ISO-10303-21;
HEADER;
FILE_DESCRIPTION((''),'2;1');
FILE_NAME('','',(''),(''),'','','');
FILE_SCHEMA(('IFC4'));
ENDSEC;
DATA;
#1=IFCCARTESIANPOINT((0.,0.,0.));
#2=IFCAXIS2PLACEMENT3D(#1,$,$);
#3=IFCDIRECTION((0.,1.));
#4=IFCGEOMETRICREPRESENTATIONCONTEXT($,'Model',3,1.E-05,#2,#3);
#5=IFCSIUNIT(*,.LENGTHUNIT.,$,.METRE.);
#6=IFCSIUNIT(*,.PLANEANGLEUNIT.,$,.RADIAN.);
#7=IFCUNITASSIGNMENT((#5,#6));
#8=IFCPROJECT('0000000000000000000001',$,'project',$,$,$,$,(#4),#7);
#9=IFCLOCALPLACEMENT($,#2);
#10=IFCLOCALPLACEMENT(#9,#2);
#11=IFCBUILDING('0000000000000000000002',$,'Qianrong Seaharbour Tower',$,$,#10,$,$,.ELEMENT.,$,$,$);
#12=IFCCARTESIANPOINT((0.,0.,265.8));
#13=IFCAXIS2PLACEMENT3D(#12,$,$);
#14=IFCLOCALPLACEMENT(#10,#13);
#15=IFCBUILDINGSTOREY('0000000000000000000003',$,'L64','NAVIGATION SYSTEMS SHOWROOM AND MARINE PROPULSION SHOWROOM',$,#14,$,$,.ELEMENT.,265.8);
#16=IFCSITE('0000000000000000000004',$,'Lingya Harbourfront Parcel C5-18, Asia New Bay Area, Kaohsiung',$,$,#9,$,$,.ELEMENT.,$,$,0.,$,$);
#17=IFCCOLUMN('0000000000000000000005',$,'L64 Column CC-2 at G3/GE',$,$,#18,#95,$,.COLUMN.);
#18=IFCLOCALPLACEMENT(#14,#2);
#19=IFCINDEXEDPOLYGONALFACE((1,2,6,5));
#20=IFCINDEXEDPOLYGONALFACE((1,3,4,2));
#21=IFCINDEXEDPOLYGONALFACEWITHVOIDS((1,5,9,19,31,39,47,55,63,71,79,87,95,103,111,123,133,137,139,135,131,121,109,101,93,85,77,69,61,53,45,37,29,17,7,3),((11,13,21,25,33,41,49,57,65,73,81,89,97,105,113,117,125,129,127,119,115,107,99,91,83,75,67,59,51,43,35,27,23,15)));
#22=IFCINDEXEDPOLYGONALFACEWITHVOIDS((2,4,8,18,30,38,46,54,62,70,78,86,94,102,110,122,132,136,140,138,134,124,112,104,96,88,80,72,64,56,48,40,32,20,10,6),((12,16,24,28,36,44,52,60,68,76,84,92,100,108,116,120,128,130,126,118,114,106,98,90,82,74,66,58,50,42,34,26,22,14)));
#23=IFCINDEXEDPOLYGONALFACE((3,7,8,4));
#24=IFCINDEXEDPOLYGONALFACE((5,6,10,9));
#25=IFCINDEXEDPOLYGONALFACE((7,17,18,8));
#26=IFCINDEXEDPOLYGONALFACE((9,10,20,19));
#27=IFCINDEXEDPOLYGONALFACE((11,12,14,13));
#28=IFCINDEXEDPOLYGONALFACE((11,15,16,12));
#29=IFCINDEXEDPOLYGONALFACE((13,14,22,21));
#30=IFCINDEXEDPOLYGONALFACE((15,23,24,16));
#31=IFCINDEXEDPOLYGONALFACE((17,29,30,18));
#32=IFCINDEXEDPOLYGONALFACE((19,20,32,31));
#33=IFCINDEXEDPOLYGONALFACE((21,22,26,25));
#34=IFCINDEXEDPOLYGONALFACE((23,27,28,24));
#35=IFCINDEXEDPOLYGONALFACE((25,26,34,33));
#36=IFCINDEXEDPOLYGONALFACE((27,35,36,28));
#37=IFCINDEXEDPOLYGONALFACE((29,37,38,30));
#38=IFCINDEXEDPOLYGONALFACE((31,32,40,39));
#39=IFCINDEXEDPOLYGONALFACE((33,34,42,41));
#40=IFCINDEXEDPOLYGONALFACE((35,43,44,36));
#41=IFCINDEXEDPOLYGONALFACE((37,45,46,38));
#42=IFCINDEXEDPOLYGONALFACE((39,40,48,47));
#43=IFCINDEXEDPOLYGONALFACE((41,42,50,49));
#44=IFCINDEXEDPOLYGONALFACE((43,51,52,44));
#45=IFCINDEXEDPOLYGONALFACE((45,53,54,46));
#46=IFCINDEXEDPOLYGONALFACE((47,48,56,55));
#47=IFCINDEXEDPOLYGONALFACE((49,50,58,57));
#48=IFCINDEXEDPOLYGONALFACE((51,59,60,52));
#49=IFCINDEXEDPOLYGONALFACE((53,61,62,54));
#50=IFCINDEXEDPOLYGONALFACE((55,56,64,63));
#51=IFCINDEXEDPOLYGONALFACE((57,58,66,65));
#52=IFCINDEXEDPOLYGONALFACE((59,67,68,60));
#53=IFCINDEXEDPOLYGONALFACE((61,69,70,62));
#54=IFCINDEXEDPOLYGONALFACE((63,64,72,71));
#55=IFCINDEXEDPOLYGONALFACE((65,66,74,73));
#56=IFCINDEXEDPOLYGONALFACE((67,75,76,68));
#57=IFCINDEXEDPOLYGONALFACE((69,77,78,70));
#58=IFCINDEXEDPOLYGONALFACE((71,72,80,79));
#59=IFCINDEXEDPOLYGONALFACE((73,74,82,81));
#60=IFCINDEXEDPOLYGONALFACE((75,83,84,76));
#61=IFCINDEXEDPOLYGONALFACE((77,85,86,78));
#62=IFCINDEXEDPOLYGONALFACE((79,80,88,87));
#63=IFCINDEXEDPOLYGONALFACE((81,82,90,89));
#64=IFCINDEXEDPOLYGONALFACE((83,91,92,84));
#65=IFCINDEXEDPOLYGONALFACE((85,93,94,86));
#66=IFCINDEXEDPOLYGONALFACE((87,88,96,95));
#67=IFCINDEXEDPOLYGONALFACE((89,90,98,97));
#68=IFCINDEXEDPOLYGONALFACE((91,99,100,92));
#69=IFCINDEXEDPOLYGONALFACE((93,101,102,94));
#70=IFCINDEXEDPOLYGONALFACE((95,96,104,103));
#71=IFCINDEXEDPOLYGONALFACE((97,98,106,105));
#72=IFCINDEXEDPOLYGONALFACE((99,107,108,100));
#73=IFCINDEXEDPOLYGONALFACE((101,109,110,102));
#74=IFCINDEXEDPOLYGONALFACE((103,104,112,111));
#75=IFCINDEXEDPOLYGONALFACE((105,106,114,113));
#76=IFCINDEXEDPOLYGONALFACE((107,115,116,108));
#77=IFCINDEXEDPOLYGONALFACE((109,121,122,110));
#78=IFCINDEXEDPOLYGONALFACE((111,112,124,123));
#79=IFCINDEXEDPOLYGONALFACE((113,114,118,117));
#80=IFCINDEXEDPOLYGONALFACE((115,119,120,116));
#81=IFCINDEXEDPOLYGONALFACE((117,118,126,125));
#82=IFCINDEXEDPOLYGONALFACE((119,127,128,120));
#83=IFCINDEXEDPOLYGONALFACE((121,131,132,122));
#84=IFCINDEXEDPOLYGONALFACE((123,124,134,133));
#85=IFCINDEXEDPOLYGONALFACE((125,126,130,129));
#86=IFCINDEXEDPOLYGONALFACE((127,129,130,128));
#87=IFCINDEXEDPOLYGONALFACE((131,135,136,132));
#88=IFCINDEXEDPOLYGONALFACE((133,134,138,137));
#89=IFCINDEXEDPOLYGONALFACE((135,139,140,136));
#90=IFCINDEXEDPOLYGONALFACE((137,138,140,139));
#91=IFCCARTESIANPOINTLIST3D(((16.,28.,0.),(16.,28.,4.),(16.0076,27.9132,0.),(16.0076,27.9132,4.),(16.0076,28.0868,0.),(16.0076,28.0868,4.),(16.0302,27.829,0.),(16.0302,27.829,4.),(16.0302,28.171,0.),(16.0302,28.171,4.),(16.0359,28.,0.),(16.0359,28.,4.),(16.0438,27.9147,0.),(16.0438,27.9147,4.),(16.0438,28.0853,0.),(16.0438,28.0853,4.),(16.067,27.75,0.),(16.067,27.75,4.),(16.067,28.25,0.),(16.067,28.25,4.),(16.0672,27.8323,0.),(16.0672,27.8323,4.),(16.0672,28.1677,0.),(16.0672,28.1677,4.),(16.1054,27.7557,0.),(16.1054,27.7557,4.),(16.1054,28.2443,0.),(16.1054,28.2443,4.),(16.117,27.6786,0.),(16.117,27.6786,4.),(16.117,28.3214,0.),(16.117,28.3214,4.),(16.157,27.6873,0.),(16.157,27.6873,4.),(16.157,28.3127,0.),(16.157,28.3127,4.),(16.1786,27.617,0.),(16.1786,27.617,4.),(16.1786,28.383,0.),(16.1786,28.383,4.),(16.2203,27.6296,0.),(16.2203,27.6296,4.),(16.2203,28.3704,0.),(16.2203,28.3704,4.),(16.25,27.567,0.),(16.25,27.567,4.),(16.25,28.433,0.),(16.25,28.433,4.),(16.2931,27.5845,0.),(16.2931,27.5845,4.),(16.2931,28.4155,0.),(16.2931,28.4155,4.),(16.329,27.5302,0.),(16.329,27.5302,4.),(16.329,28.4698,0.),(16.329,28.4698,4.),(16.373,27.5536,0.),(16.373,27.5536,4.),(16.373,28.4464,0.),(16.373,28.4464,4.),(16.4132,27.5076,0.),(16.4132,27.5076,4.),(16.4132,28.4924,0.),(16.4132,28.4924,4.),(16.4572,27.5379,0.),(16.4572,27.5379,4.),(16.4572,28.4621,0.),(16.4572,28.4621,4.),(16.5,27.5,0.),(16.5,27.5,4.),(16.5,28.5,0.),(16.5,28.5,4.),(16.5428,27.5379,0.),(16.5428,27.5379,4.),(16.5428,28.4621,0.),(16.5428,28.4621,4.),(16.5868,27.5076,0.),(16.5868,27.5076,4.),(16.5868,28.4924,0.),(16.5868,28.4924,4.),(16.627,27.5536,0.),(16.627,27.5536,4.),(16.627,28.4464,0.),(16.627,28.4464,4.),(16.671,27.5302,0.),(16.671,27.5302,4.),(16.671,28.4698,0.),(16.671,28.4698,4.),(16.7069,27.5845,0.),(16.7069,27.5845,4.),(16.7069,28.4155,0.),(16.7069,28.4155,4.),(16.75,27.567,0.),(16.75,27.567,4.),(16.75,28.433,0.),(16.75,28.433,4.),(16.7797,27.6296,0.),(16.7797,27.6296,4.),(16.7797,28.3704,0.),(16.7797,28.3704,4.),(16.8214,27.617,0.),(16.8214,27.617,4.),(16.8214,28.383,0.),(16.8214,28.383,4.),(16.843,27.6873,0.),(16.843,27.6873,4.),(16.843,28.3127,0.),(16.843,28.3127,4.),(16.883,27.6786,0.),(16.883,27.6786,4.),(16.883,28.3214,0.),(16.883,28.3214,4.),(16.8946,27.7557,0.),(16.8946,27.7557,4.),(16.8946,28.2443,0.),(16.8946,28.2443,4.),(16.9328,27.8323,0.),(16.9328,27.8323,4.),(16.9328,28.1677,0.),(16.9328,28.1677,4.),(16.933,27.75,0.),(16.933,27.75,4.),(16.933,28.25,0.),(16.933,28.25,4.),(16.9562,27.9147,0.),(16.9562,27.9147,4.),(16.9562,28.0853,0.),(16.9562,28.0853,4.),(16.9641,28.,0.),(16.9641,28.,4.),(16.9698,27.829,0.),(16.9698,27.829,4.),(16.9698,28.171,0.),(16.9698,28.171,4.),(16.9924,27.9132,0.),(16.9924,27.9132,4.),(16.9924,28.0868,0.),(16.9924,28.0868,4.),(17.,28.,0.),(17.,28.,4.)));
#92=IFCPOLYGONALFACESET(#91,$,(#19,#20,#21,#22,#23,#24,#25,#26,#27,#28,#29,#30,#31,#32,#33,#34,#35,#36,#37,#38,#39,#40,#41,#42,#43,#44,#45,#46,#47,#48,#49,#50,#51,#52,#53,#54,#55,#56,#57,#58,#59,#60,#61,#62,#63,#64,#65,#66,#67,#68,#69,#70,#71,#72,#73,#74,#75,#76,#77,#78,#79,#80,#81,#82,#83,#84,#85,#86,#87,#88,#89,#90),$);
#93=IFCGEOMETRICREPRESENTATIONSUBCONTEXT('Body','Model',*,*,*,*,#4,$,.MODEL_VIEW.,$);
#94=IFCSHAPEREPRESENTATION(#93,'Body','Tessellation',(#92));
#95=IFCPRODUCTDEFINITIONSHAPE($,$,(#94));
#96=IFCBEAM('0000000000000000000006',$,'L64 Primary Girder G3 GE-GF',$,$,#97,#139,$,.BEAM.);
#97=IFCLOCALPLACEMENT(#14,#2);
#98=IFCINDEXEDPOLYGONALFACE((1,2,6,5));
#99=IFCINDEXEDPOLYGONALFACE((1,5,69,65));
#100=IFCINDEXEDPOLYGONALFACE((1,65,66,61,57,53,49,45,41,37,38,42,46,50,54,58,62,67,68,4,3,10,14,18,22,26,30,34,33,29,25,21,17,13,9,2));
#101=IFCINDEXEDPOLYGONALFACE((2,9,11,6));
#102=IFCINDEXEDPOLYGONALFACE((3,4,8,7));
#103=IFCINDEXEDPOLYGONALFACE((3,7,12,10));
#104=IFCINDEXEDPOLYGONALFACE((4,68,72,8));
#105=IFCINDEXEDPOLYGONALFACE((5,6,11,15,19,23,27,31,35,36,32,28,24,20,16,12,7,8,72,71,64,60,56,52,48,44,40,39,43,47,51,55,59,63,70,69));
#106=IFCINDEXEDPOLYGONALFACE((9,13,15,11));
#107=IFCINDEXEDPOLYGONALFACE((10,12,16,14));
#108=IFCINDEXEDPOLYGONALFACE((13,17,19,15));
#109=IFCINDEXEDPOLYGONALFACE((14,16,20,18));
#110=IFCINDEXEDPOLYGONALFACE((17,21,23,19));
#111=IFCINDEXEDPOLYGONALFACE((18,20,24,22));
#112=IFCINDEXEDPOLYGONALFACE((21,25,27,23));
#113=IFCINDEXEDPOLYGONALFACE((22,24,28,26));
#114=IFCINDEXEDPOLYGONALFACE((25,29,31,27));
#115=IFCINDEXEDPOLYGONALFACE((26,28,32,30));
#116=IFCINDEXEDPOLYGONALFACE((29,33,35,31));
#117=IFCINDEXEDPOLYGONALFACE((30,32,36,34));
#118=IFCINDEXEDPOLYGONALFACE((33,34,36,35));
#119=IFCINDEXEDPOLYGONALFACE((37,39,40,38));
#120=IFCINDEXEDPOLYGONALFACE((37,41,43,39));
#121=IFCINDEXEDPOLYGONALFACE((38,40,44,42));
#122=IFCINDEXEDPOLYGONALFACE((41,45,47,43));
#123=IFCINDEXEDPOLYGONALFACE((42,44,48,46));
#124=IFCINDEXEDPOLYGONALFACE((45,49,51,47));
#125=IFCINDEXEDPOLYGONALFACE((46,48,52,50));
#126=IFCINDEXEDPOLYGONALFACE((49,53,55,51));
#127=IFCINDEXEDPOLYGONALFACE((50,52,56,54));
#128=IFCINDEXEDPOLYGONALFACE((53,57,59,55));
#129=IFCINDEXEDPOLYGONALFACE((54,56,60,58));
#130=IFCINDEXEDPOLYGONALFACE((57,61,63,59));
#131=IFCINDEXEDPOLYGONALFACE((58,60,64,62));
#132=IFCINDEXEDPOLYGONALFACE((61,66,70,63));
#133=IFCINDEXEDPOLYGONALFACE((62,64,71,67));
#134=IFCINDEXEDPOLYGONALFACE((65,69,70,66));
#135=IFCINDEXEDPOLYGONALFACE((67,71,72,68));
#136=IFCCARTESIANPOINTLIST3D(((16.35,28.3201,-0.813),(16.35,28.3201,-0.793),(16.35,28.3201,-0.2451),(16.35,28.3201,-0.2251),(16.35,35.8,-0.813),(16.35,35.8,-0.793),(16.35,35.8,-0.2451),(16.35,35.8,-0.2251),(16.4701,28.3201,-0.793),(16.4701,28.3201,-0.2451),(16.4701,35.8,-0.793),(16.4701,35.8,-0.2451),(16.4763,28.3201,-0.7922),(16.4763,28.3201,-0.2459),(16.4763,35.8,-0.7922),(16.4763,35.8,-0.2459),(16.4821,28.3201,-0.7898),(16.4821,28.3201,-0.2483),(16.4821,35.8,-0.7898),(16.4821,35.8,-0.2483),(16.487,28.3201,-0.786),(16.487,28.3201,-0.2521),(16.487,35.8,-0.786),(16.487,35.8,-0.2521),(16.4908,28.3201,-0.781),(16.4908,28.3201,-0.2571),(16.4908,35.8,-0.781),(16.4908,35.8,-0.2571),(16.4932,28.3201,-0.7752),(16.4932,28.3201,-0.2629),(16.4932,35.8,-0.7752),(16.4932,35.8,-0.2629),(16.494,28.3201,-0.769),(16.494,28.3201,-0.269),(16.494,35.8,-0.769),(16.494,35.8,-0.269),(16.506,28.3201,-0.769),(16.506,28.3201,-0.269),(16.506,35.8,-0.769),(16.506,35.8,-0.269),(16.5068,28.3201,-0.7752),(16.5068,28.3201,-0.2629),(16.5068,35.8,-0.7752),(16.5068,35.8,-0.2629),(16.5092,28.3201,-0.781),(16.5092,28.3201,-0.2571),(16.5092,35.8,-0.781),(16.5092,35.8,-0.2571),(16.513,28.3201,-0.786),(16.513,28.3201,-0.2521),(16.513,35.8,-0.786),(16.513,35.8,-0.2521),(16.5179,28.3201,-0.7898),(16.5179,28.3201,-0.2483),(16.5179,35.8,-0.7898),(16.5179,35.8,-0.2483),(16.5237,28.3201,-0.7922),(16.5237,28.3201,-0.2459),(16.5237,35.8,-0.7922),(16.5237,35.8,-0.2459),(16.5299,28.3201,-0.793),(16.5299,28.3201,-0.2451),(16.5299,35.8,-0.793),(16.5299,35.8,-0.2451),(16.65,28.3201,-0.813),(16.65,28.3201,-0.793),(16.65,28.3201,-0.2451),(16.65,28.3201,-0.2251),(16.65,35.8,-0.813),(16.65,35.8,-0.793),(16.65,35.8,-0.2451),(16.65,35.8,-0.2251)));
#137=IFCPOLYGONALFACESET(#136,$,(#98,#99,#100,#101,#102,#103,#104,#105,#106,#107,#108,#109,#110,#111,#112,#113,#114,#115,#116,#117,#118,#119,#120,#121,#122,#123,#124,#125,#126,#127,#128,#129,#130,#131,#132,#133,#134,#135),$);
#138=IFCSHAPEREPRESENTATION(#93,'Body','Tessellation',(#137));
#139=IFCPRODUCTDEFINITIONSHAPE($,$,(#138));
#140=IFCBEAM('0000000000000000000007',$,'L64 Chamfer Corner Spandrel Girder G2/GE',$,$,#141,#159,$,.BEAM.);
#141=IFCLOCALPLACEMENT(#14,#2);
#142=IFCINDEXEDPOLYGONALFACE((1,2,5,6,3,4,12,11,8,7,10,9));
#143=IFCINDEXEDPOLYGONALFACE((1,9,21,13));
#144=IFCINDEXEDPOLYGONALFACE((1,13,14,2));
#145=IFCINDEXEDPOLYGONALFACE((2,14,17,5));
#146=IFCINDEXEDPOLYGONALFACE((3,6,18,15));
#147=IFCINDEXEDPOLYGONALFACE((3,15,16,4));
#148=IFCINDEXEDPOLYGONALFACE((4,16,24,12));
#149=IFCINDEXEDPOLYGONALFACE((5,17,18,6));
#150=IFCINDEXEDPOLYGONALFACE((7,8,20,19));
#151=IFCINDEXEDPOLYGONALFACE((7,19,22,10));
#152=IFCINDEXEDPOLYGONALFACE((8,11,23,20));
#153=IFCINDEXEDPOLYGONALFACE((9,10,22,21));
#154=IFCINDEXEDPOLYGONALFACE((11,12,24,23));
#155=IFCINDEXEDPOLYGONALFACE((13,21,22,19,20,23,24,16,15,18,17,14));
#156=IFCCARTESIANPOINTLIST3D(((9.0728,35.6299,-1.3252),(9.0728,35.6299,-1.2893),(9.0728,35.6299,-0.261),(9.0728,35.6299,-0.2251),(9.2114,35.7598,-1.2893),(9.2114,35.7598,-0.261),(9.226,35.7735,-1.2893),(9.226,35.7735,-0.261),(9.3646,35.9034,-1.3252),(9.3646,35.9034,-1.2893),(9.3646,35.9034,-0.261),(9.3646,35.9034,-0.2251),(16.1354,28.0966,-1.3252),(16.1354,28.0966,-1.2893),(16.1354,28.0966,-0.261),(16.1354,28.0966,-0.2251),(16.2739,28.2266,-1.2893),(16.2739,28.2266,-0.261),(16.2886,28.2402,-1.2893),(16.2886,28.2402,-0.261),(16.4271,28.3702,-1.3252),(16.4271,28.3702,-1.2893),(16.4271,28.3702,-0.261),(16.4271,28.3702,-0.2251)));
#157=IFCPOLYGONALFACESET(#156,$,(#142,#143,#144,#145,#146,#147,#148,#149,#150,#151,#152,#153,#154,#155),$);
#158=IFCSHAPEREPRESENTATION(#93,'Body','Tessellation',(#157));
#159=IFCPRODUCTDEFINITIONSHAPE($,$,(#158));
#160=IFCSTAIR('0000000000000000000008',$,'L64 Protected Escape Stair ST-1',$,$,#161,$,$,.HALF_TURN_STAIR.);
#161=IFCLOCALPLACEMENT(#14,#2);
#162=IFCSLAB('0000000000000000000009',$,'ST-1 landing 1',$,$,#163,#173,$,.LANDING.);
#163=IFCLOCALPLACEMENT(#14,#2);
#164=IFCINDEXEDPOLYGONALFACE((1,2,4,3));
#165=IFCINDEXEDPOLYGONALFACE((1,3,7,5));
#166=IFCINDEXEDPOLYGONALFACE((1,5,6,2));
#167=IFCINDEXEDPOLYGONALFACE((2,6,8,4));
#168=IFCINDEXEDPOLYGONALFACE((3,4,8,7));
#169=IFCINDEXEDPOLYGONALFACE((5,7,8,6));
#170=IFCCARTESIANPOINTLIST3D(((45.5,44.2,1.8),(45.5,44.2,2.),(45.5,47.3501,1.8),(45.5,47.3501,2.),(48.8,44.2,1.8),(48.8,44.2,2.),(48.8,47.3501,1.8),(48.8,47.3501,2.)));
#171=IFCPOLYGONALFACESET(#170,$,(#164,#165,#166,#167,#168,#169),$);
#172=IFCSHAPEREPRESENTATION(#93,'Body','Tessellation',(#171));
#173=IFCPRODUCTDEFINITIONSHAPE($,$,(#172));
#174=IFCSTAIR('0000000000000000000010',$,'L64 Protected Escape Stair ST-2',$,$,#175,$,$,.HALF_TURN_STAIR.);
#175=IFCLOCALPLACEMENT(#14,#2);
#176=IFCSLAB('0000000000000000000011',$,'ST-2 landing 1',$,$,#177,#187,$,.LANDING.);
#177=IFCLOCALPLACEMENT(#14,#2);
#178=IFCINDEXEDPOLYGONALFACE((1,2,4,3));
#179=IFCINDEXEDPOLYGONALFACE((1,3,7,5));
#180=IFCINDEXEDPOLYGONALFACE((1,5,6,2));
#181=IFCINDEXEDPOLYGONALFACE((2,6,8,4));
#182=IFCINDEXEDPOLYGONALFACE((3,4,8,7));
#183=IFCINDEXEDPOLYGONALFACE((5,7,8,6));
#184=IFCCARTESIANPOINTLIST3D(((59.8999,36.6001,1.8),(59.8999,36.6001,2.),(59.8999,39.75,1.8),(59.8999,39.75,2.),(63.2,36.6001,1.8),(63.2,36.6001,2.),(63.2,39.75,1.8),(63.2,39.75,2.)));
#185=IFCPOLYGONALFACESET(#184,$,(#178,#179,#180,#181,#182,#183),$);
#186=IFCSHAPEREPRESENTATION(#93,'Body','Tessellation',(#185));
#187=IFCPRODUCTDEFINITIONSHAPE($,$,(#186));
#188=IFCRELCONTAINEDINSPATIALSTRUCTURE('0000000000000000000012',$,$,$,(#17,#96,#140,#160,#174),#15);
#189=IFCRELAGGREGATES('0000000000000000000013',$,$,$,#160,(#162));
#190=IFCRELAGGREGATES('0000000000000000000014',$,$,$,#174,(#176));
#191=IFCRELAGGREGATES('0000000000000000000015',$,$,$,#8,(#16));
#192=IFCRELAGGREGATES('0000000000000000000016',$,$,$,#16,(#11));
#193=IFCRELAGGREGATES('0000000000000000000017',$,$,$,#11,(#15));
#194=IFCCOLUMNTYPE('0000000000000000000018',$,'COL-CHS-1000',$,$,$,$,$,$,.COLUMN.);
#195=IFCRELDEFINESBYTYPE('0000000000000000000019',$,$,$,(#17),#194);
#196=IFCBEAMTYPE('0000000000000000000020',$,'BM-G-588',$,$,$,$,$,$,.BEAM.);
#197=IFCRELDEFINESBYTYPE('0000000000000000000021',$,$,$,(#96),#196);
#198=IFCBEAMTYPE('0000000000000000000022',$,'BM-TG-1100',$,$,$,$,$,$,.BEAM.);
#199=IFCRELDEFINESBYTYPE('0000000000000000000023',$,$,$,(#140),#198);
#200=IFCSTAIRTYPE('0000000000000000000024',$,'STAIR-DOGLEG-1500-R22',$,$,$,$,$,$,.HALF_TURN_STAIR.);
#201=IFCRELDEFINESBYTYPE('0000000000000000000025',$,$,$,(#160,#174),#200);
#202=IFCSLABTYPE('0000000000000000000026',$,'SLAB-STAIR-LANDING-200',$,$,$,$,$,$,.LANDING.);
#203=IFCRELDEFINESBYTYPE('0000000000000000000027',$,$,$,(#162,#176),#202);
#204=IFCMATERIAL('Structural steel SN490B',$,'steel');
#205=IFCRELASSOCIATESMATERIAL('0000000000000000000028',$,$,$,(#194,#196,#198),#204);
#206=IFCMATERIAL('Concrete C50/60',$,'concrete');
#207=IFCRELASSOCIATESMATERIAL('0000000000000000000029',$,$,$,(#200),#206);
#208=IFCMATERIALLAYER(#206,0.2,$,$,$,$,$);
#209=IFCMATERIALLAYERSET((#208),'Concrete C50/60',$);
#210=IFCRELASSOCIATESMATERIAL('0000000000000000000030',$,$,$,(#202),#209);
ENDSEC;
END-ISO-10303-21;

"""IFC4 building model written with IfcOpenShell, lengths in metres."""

from ifc_helpers import new_model, si_unit, direction, frame, origin, origin_2d, place, context, subcontext, project, spatial, polyline, hollow_circle, i_section, outline, extrude, material, layer, layer_set, material_profile, profile_set, type_object, element, aggregate, save


model = new_model("IFC4")

# Units and contexts
model_context = context("Model", 3, precision=1e-05, world=origin(), true_north=direction((0.0, 1.0)))
body_context = subcontext(model_context, "Body", "Model", "MODEL_VIEW")
ifc_project = project(units=[si_unit("LENGTHUNIT", "METRE"), si_unit("PLANEANGLEUNIT", "RADIAN")], contexts=[model_context])

# Site, building, storey
site_placement = place(None, origin())
site = spatial("IfcSite", under=ifc_project, at=site_placement, Name="Lingya Harbourfront Parcel C5-18, Asia New Bay Area, Kaohsiung", CompositionType="ELEMENT", RefElevation=0.0)
building_placement = place(site_placement, origin())
building = spatial("IfcBuilding", under=site, at=building_placement, Name="Qianrong Seaharbour Tower", CompositionType="ELEMENT")
storey_placement = place(building_placement, frame((0.0, 0.0, 265.8)))
storey = spatial("IfcBuildingStorey", under=building, at=storey_placement, Name="L64", Description="NAVIGATION SYSTEMS SHOWROOM AND MARINE PROPULSION SHOWROOM", CompositionType="ELEMENT", Elevation=265.8)

# Column
ifc_material_1 = material(Name="Structural steel SN490B", Category="steel")
ifc_material_profile_1 = material_profile(ifc_material_1, hollow_circle(Radius=0.5, WallThickness=0.0359, at=origin_2d()), Name="CHS1000x36")
ifc_profile_set_1 = profile_set([ifc_material_profile_1], Name="Structural steel SN490B")
column_type = type_object("IfcColumnType", Name="COL-CHS-1000", PredefinedType="COLUMN", material=ifc_profile_set_1)
column_placement = place(storey_placement, frame((16.5, 28.0, 0.0), z_axis=(0.0, 0.0, 1.0), x_axis=(1.0, 0.0, 0.0)))
element("IfcColumn", 1, at=column_placement, inside=storey, type_object=column_type, Name="L64 Column CC-2 at G3/GE", PredefinedType="COLUMN", context=body_context, shape_type="SweptSolid", body=[
    extrude(hollow_circle(Radius=0.5, WallThickness=0.0359, at=origin_2d()), origin(), (0.0, 0.0, 1.0), 4.0),
])

# Beams
ifc_material_profile_2 = material_profile(ifc_material_1, i_section(OverallWidth=0.3, OverallDepth=0.5879, WebThickness=0.012, FlangeThickness=0.02, FilletRadius=0.0239, at=origin_2d()), Name="H588x300x12x20")
ifc_profile_set_2 = profile_set([ifc_material_profile_2], Name="Structural steel SN490B")
beam_type_1 = type_object("IfcBeamType", Name="BM-G-588", PredefinedType="BEAM", material=ifc_profile_set_2)
beam_1_placement = place(storey_placement, frame((16.5, 28.3201, -0.519), z_axis=(0.0, 1.0, 0.0), x_axis=(-1.0, 0.0, 0.0)))
element("IfcBeam", 2, at=beam_1_placement, inside=storey, type_object=beam_type_1, Name="L64 Primary Girder G3 GE-GF", PredefinedType="BEAM", context=body_context, shape_type="SweptSolid", body=[
    extrude(i_section(OverallWidth=0.3, OverallDepth=0.5879, WebThickness=0.012, FlangeThickness=0.02, FilletRadius=0.0239, at=origin_2d()), origin(), (0.0, 0.0, 1.0), 7.48),
])
ifc_material_profile_3 = material_profile(ifc_material_1, i_section(OverallWidth=0.3999, OverallDepth=1.1001, WebThickness=0.02, FlangeThickness=0.0359, at=origin_2d()), Name="BH1100x400x20x36")
ifc_profile_set_3 = profile_set([ifc_material_profile_3], Name="Structural steel SN490B")
beam_type_2 = type_object("IfcBeamType", Name="BM-TG-1100", PredefinedType="BEAM", material=ifc_profile_set_3)
beam_2_placement = place(storey_placement, frame((16.2812, 28.2334, -0.7751), z_axis=(-0.683947, 0.729531, 0.0), x_axis=(-0.729531, -0.683947, 0.0)))
element("IfcBeam", 3, at=beam_2_placement, inside=storey, type_object=beam_type_2, Name="L64 Chamfer Corner Spandrel Girder G2/GE", PredefinedType="BEAM", context=body_context, shape_type="SweptSolid", body=[
    extrude(i_section(OverallWidth=0.3999, OverallDepth=1.1001, WebThickness=0.02, FlangeThickness=0.0359, at=origin_2d()), origin(), (0.0, 0.0, 1.0), 10.3262),
])

# Stairs, slabs
ifc_material_2 = material(Name="Concrete C50/60", Category="concrete")
stair_type = type_object("IfcStairType", Name="STAIR-DOGLEG-1500-R22", PredefinedType="HALF_TURN_STAIR", material=ifc_material_2)
stair_1_placement = place(storey_placement, origin())
stair_1 = element("IfcStair", 4, at=stair_1_placement, inside=storey, type_object=stair_type, Name="L64 Protected Escape Stair ST-1", PredefinedType="HALF_TURN_STAIR")
ifc_layer_1 = layer(ifc_material_2, 0.2)
ifc_layer_set_1 = layer_set([ifc_layer_1], Name="Concrete C50/60")
slab_type_1 = type_object("IfcSlabType", Name="SLAB-STAIR-LANDING-200", PredefinedType="LANDING", material=ifc_layer_set_1)
slab_1_placement = place(storey_placement, frame((0.0, 0.0, 1.8)))
slab_1 = element("IfcSlab", 5, at=slab_1_placement, type_object=slab_type_1, Name="ST-1 landing 1", PredefinedType="LANDING", context=body_context, shape_type="SweptSolid", body=[
    extrude(outline(polyline([(45.5, 44.2), (48.8, 44.2), (48.8, 47.3501), (45.5, 47.3501), (45.5, 44.2)])), origin(), (0.0, 0.0, 1.0), 0.2),
])
aggregate(stair_1, [slab_1])
stair_2_placement = place(storey_placement, origin())
stair_2 = element("IfcStair", 6, at=stair_2_placement, inside=storey, type_object=stair_type, Name="L64 Protected Escape Stair ST-2", PredefinedType="HALF_TURN_STAIR")
slab_2_placement = place(storey_placement, frame((0.0, 0.0, 1.8)))
slab_2 = element("IfcSlab", 7, at=slab_2_placement, type_object=slab_type_1, Name="ST-2 landing 1", PredefinedType="LANDING", context=body_context, shape_type="SweptSolid", body=[
    extrude(outline(polyline([(59.8999, 36.6001), (63.2, 36.6001), (63.2, 39.75), (59.8999, 39.75), (59.8999, 36.6001)])), origin(), (0.0, 0.0, 1.0), 0.2),
])
aggregate(stair_2, [slab_2])

save(model, "model.ifc")
